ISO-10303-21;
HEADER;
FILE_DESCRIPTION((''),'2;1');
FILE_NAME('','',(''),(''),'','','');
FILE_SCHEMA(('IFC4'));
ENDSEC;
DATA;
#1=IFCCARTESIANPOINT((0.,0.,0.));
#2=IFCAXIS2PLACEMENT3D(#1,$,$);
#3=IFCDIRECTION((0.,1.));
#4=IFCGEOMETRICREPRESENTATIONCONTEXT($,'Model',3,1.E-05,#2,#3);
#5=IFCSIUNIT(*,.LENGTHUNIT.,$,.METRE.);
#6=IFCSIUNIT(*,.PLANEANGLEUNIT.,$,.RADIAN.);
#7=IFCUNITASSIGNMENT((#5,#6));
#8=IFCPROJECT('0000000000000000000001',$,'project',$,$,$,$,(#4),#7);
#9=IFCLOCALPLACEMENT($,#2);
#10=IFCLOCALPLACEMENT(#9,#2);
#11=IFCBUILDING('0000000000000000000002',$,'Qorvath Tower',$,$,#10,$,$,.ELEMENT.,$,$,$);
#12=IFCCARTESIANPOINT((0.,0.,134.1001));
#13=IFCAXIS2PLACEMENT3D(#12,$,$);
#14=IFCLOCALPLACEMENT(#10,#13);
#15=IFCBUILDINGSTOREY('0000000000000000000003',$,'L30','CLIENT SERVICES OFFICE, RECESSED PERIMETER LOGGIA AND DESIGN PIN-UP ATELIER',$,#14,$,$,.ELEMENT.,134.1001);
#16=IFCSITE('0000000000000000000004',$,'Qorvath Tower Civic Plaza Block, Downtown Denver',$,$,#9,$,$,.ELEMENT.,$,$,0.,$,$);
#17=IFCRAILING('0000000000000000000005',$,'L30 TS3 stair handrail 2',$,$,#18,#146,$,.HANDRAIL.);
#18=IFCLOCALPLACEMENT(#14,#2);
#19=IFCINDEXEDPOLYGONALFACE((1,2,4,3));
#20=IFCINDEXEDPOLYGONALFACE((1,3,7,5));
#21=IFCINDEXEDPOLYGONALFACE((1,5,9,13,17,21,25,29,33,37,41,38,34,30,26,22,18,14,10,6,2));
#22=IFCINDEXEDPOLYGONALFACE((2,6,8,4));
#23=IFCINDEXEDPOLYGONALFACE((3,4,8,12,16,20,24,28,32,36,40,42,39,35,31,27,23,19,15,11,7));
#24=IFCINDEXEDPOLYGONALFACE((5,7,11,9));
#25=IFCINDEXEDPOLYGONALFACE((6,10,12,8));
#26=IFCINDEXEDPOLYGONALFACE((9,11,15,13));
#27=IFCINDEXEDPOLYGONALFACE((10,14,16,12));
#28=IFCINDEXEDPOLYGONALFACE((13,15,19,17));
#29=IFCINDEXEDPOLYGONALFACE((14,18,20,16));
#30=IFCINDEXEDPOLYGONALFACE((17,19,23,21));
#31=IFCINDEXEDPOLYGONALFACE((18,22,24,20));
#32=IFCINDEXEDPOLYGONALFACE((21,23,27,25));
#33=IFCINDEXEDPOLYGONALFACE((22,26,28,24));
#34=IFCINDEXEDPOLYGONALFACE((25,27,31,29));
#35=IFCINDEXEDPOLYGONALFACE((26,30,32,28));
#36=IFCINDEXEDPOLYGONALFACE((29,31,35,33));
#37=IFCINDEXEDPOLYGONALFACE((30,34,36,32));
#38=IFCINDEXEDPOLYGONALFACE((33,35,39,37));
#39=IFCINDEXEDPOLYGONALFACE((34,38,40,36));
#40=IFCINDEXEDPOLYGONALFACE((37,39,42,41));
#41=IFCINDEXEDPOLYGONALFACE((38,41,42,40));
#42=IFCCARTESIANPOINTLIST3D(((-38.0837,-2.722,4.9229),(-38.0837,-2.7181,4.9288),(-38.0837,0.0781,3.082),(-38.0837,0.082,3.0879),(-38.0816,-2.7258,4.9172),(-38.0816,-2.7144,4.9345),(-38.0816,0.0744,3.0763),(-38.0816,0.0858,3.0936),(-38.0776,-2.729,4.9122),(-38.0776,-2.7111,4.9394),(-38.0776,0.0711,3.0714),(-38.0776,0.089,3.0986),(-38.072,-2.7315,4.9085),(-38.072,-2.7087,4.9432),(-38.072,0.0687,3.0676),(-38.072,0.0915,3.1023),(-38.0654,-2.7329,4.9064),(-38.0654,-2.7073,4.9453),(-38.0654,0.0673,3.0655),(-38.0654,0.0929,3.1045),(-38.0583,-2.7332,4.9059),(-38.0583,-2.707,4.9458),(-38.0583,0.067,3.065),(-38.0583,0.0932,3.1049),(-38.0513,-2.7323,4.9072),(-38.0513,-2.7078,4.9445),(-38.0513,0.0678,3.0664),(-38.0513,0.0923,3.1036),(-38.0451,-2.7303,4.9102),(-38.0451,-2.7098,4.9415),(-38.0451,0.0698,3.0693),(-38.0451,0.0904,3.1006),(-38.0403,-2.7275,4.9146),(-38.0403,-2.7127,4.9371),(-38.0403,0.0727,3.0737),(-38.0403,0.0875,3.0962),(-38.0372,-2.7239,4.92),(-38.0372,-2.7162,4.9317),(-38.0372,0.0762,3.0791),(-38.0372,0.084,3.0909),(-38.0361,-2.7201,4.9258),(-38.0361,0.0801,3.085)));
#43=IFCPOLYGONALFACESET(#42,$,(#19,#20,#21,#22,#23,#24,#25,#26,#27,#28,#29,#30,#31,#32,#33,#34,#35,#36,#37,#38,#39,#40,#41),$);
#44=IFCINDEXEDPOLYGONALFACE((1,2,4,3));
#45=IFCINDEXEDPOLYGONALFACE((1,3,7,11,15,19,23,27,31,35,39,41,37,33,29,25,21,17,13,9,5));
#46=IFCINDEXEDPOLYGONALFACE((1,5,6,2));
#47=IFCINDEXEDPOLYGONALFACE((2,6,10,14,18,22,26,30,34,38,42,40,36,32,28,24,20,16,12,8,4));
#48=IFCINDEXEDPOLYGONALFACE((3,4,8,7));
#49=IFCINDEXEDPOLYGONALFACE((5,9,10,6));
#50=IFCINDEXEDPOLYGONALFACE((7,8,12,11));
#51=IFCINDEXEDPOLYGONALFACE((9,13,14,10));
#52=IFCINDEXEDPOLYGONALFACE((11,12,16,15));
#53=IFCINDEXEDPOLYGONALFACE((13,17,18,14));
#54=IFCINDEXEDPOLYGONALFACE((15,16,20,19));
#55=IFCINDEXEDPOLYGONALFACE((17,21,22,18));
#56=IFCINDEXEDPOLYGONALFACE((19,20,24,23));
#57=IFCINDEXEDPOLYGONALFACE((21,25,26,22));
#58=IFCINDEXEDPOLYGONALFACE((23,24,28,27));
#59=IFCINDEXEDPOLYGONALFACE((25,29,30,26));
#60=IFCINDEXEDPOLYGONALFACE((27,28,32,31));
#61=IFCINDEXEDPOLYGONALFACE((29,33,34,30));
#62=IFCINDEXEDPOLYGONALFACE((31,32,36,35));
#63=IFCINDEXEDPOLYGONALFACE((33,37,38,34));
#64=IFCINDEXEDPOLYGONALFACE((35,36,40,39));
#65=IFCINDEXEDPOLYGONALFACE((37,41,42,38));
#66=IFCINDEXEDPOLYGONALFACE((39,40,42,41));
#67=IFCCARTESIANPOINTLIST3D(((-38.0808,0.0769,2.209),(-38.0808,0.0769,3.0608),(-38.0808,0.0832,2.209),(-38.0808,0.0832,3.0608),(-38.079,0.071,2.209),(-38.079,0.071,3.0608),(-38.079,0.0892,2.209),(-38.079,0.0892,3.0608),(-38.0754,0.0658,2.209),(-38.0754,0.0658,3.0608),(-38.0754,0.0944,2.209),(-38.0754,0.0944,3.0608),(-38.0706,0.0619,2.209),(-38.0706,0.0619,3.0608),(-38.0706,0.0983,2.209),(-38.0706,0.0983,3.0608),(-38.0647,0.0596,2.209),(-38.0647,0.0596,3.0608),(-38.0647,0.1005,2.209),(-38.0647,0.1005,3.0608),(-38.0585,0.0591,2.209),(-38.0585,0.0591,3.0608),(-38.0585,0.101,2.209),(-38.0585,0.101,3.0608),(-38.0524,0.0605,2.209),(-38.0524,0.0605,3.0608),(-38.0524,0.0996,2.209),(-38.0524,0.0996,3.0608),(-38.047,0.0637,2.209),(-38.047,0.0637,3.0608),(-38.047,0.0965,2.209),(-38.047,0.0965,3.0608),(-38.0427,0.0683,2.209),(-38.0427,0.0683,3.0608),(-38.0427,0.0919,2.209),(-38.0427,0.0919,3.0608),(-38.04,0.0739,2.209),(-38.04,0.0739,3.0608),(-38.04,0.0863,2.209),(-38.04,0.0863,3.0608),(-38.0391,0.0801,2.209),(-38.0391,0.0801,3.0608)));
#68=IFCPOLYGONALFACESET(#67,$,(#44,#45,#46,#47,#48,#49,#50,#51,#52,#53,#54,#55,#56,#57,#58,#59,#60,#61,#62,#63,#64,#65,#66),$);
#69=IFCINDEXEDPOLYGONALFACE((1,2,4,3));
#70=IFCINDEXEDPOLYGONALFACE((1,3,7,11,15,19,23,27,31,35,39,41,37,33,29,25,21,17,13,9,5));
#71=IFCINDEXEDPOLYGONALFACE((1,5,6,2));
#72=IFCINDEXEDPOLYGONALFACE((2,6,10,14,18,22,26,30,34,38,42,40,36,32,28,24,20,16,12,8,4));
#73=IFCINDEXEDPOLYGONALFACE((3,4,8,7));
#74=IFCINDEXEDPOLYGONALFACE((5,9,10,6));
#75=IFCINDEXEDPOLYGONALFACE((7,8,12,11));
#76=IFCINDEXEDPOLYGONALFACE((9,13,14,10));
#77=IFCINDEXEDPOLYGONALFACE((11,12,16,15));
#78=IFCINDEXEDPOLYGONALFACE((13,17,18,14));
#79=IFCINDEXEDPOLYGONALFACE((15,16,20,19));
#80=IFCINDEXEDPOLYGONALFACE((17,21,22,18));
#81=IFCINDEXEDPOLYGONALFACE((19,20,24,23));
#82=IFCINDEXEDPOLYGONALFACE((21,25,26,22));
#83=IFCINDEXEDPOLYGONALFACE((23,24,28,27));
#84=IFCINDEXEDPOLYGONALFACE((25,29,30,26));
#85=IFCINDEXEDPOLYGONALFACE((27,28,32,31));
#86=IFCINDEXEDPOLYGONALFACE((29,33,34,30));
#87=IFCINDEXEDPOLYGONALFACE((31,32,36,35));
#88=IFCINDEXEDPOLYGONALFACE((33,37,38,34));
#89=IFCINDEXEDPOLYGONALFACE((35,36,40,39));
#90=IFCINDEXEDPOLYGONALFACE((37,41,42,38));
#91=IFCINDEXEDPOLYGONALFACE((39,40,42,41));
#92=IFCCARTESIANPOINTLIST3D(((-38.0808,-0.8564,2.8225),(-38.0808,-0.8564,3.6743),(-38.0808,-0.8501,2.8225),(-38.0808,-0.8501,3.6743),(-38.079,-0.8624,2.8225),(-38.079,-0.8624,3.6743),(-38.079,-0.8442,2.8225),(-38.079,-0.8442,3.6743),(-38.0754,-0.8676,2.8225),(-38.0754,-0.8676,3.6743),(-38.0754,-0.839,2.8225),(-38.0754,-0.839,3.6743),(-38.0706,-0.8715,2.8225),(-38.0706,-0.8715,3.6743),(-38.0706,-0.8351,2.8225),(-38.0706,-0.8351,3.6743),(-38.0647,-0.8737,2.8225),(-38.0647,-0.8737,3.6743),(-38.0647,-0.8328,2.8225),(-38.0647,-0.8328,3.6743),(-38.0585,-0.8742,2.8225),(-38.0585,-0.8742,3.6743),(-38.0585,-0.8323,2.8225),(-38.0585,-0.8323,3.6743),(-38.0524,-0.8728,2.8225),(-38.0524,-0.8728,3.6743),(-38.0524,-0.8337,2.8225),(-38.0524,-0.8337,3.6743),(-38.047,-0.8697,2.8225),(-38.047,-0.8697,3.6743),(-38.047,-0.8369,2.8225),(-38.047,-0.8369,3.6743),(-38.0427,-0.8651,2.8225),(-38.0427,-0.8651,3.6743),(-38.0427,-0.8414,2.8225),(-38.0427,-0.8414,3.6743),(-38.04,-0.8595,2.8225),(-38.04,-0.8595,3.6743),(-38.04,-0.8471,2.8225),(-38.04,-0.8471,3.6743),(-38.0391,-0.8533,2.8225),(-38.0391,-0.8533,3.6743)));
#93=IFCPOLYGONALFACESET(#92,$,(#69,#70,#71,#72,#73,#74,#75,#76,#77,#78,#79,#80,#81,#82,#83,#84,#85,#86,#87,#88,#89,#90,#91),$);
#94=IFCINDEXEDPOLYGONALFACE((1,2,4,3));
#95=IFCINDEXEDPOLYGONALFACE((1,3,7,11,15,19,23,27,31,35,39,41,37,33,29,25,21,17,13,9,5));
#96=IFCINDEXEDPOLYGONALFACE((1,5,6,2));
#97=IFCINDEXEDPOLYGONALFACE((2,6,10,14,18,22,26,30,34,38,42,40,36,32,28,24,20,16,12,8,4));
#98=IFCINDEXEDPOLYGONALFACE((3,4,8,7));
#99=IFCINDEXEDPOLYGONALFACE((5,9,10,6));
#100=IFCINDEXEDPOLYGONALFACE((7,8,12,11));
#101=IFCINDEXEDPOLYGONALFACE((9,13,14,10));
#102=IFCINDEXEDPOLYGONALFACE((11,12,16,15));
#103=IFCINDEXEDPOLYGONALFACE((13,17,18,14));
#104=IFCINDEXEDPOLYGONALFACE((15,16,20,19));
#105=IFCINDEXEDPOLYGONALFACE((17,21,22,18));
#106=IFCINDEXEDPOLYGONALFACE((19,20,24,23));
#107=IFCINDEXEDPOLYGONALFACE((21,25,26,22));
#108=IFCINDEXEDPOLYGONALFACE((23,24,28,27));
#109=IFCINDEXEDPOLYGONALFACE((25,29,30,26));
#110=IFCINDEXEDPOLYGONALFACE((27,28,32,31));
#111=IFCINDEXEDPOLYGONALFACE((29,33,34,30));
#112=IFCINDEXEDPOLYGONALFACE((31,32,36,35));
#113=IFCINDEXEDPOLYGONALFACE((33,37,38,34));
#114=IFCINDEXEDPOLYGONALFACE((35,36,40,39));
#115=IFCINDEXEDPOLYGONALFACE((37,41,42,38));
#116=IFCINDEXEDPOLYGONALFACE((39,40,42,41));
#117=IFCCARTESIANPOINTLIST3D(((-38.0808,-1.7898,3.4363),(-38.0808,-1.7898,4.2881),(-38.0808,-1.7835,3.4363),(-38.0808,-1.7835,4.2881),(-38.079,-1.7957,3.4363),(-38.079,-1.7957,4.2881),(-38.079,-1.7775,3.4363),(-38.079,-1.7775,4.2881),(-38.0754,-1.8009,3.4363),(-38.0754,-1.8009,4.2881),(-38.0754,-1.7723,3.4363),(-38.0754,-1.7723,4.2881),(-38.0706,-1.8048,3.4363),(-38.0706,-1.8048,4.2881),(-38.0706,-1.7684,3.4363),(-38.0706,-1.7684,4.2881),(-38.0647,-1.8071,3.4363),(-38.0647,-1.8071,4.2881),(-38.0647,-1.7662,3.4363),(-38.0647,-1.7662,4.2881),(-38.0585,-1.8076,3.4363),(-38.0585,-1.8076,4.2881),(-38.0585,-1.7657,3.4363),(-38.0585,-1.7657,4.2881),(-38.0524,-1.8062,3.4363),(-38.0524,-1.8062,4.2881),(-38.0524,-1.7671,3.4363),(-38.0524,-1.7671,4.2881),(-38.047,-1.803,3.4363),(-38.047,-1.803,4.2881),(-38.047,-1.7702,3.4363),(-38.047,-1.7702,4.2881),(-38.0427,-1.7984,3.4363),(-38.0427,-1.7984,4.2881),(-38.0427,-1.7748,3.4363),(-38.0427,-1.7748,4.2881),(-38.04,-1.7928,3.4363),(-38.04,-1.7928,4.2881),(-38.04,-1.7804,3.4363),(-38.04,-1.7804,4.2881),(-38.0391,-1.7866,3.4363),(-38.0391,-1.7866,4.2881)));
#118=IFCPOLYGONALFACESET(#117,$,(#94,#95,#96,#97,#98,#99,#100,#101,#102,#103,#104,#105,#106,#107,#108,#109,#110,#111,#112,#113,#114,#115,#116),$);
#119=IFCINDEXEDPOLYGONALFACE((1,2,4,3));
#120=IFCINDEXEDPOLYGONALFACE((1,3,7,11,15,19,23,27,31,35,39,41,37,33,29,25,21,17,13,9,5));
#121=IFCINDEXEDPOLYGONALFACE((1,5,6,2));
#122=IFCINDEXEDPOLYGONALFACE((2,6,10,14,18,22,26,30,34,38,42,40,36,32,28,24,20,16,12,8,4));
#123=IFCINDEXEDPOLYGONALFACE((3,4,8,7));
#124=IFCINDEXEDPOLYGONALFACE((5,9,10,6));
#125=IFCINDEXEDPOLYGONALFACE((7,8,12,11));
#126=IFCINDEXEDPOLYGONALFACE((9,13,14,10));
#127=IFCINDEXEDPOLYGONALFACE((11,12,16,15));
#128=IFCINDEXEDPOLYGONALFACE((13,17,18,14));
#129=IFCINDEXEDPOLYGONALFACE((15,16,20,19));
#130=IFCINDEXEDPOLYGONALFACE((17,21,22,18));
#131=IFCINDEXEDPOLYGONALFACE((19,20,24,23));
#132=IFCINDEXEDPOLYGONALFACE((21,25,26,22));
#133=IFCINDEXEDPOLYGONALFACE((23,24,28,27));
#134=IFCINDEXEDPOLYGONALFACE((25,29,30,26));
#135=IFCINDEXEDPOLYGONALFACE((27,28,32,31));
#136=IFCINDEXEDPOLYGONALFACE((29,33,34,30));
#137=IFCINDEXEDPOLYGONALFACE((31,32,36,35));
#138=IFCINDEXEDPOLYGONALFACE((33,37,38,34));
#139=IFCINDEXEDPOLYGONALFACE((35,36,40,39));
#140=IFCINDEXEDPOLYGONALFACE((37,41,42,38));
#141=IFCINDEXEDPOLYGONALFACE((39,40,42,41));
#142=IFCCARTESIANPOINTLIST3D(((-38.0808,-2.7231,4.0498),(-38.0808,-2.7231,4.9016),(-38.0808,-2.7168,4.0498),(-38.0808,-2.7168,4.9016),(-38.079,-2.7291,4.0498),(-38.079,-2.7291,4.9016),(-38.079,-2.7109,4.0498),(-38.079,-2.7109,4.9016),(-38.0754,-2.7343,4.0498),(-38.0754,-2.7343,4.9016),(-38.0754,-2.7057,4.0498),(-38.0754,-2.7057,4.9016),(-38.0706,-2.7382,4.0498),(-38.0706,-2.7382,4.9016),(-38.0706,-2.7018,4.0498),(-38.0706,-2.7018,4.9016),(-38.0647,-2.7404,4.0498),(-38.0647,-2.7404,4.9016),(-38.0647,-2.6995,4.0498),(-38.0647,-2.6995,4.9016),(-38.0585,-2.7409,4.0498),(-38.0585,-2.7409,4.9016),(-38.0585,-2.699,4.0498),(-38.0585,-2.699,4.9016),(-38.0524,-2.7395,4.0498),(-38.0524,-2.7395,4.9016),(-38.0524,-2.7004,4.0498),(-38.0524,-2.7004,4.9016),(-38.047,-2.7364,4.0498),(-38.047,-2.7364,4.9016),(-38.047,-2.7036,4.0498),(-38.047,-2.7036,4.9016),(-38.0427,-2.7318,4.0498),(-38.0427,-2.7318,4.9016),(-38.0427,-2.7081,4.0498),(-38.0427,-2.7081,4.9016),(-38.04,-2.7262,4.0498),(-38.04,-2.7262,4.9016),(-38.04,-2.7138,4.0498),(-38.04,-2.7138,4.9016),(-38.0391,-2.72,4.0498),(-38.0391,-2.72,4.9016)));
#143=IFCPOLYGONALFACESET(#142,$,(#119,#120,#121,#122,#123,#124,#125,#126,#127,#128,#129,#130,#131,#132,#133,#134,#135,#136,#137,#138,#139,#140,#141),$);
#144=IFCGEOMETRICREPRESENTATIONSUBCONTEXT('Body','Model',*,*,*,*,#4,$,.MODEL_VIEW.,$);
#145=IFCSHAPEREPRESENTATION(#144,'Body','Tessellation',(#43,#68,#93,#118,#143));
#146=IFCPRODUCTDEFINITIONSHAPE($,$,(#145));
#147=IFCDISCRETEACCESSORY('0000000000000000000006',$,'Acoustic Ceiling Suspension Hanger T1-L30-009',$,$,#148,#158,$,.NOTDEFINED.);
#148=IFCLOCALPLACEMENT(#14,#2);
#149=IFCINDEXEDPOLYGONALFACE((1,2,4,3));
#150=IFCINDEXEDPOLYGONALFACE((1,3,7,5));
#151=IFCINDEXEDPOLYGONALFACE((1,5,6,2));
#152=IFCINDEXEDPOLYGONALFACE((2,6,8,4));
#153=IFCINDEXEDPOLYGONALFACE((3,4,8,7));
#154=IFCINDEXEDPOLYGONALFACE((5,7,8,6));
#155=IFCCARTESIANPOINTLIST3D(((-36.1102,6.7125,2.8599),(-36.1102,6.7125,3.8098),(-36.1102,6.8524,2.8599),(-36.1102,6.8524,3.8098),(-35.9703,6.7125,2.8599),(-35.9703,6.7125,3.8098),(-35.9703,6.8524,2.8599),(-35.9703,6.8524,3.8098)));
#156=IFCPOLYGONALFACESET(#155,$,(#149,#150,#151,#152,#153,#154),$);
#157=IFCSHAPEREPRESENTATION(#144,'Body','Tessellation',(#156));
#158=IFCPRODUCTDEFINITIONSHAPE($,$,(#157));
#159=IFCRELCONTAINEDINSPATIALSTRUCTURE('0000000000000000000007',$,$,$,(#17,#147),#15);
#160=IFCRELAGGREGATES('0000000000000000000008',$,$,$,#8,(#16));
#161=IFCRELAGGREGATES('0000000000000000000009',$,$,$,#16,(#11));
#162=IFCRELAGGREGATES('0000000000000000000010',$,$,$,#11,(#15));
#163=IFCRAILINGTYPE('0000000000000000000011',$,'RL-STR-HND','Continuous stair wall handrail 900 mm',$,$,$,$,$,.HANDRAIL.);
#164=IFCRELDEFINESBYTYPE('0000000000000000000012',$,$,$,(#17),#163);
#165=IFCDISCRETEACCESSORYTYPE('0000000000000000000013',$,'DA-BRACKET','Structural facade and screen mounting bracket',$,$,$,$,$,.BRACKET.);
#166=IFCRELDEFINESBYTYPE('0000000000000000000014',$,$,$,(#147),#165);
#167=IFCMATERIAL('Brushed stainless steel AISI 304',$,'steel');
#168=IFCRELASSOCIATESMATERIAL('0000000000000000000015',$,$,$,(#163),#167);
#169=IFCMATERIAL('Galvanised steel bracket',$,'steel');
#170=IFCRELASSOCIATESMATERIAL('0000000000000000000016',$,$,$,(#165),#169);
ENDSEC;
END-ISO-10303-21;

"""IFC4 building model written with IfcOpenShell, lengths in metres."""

from ifc_helpers import new_model, si_unit, direction, frame, origin, origin_2d, place, context, subcontext, project, spatial, rectangle, circle, extrude, material, type_object, element, save


model = new_model("IFC4")

# Units and contexts
model_context = context("Model", 3, precision=1e-05, world=origin(), true_north=direction((0.0, 1.0)))
body_context = subcontext(model_context, "Body", "Model", "MODEL_VIEW")
ifc_project = project(units=[si_unit("LENGTHUNIT", "METRE"), si_unit("PLANEANGLEUNIT", "RADIAN")], contexts=[model_context])

# Site, building, storey
site_placement = place(None, origin())
site = spatial("IfcSite", under=ifc_project, at=site_placement, Name="Qorvath Tower Civic Plaza Block, Downtown Denver", CompositionType="ELEMENT", RefElevation=0.0)
building_placement = place(site_placement, origin())
building = spatial("IfcBuilding", under=site, at=building_placement, Name="Qorvath Tower", CompositionType="ELEMENT")
storey_placement = place(building_placement, frame((0.0, 0.0, 134.1001)))
storey = spatial("IfcBuildingStorey", under=building, at=storey_placement, Name="L30", Description="CLIENT SERVICES OFFICE, RECESSED PERIMETER LOGGIA AND DESIGN PIN-UP ATELIER", CompositionType="ELEMENT", Elevation=134.1001)

# Railing
ifc_material_1 = material(Name="Brushed stainless steel AISI 304", Category="steel")
railing_type_1 = type_object("IfcRailingType", Name="RL-STR-HND", Description="Continuous stair wall handrail 900 mm", PredefinedType="HANDRAIL", material=ifc_material_1)
railing_1_placement = place(storey_placement, frame((-38.0601, 0.0801, 2.209)))
element("IfcRailing", 1, at=railing_1_placement, inside=storey, type_object=railing_type_1, Name="L30 TS3 stair handrail 2", PredefinedType="HANDRAIL", context=body_context, shape_type="SweptSolid", body=[
    extrude(circle(Radius=0.0239, at=origin_2d()), frame((0.0, 0.0, 0.876), z_axis=(0.0, -0.835598, 0.549342), x_axis=(1.0, 0.0, 0.0)), (0.0, 0.0, 1.0), 3.3511),
    extrude(circle(Radius=0.021, at=origin_2d()), origin(), (0.0, 0.0, 1.0), 0.8518),
    extrude(circle(Radius=0.021, at=origin_2d()), frame((0.0, -0.9333, 0.6135)), (0.0, 0.0, 1.0), 0.8518),
    extrude(circle(Radius=0.021, at=origin_2d()), frame((0.0, -1.8667, 1.2273)), (0.0, 0.0, 1.0), 0.8518),
    extrude(circle(Radius=0.021, at=origin_2d()), frame((0.0, -2.8, 1.8408)), (0.0, 0.0, 1.0), 0.8518),
])

# Discrete accessory
ifc_material_2 = material(Name="Galvanised steel bracket", Category="steel")
discrete_accessory_type = type_object("IfcDiscreteAccessoryType", Name="DA-BRACKET", Description="Structural facade and screen mounting bracket", PredefinedType="BRACKET", material=ifc_material_2)
discrete_accessory_placement = place(storey_placement, frame((-36.0403, 6.7825, 2.8599), z_axis=(0.0, 0.0, 1.0), x_axis=(1.0, 0.0, 0.0)))
element("IfcDiscreteAccessory", 2, at=discrete_accessory_placement, inside=storey, type_object=discrete_accessory_type, Name="Acoustic Ceiling Suspension Hanger T1-L30-009", PredefinedType="NOTDEFINED", context=body_context, shape_type="SweptSolid", body=[
    extrude(rectangle(XDim=0.1399, YDim=0.1399, at=origin_2d()), origin(), (0.0, 0.0, 1.0), 0.95),
])

save(model, "model.ifc")
